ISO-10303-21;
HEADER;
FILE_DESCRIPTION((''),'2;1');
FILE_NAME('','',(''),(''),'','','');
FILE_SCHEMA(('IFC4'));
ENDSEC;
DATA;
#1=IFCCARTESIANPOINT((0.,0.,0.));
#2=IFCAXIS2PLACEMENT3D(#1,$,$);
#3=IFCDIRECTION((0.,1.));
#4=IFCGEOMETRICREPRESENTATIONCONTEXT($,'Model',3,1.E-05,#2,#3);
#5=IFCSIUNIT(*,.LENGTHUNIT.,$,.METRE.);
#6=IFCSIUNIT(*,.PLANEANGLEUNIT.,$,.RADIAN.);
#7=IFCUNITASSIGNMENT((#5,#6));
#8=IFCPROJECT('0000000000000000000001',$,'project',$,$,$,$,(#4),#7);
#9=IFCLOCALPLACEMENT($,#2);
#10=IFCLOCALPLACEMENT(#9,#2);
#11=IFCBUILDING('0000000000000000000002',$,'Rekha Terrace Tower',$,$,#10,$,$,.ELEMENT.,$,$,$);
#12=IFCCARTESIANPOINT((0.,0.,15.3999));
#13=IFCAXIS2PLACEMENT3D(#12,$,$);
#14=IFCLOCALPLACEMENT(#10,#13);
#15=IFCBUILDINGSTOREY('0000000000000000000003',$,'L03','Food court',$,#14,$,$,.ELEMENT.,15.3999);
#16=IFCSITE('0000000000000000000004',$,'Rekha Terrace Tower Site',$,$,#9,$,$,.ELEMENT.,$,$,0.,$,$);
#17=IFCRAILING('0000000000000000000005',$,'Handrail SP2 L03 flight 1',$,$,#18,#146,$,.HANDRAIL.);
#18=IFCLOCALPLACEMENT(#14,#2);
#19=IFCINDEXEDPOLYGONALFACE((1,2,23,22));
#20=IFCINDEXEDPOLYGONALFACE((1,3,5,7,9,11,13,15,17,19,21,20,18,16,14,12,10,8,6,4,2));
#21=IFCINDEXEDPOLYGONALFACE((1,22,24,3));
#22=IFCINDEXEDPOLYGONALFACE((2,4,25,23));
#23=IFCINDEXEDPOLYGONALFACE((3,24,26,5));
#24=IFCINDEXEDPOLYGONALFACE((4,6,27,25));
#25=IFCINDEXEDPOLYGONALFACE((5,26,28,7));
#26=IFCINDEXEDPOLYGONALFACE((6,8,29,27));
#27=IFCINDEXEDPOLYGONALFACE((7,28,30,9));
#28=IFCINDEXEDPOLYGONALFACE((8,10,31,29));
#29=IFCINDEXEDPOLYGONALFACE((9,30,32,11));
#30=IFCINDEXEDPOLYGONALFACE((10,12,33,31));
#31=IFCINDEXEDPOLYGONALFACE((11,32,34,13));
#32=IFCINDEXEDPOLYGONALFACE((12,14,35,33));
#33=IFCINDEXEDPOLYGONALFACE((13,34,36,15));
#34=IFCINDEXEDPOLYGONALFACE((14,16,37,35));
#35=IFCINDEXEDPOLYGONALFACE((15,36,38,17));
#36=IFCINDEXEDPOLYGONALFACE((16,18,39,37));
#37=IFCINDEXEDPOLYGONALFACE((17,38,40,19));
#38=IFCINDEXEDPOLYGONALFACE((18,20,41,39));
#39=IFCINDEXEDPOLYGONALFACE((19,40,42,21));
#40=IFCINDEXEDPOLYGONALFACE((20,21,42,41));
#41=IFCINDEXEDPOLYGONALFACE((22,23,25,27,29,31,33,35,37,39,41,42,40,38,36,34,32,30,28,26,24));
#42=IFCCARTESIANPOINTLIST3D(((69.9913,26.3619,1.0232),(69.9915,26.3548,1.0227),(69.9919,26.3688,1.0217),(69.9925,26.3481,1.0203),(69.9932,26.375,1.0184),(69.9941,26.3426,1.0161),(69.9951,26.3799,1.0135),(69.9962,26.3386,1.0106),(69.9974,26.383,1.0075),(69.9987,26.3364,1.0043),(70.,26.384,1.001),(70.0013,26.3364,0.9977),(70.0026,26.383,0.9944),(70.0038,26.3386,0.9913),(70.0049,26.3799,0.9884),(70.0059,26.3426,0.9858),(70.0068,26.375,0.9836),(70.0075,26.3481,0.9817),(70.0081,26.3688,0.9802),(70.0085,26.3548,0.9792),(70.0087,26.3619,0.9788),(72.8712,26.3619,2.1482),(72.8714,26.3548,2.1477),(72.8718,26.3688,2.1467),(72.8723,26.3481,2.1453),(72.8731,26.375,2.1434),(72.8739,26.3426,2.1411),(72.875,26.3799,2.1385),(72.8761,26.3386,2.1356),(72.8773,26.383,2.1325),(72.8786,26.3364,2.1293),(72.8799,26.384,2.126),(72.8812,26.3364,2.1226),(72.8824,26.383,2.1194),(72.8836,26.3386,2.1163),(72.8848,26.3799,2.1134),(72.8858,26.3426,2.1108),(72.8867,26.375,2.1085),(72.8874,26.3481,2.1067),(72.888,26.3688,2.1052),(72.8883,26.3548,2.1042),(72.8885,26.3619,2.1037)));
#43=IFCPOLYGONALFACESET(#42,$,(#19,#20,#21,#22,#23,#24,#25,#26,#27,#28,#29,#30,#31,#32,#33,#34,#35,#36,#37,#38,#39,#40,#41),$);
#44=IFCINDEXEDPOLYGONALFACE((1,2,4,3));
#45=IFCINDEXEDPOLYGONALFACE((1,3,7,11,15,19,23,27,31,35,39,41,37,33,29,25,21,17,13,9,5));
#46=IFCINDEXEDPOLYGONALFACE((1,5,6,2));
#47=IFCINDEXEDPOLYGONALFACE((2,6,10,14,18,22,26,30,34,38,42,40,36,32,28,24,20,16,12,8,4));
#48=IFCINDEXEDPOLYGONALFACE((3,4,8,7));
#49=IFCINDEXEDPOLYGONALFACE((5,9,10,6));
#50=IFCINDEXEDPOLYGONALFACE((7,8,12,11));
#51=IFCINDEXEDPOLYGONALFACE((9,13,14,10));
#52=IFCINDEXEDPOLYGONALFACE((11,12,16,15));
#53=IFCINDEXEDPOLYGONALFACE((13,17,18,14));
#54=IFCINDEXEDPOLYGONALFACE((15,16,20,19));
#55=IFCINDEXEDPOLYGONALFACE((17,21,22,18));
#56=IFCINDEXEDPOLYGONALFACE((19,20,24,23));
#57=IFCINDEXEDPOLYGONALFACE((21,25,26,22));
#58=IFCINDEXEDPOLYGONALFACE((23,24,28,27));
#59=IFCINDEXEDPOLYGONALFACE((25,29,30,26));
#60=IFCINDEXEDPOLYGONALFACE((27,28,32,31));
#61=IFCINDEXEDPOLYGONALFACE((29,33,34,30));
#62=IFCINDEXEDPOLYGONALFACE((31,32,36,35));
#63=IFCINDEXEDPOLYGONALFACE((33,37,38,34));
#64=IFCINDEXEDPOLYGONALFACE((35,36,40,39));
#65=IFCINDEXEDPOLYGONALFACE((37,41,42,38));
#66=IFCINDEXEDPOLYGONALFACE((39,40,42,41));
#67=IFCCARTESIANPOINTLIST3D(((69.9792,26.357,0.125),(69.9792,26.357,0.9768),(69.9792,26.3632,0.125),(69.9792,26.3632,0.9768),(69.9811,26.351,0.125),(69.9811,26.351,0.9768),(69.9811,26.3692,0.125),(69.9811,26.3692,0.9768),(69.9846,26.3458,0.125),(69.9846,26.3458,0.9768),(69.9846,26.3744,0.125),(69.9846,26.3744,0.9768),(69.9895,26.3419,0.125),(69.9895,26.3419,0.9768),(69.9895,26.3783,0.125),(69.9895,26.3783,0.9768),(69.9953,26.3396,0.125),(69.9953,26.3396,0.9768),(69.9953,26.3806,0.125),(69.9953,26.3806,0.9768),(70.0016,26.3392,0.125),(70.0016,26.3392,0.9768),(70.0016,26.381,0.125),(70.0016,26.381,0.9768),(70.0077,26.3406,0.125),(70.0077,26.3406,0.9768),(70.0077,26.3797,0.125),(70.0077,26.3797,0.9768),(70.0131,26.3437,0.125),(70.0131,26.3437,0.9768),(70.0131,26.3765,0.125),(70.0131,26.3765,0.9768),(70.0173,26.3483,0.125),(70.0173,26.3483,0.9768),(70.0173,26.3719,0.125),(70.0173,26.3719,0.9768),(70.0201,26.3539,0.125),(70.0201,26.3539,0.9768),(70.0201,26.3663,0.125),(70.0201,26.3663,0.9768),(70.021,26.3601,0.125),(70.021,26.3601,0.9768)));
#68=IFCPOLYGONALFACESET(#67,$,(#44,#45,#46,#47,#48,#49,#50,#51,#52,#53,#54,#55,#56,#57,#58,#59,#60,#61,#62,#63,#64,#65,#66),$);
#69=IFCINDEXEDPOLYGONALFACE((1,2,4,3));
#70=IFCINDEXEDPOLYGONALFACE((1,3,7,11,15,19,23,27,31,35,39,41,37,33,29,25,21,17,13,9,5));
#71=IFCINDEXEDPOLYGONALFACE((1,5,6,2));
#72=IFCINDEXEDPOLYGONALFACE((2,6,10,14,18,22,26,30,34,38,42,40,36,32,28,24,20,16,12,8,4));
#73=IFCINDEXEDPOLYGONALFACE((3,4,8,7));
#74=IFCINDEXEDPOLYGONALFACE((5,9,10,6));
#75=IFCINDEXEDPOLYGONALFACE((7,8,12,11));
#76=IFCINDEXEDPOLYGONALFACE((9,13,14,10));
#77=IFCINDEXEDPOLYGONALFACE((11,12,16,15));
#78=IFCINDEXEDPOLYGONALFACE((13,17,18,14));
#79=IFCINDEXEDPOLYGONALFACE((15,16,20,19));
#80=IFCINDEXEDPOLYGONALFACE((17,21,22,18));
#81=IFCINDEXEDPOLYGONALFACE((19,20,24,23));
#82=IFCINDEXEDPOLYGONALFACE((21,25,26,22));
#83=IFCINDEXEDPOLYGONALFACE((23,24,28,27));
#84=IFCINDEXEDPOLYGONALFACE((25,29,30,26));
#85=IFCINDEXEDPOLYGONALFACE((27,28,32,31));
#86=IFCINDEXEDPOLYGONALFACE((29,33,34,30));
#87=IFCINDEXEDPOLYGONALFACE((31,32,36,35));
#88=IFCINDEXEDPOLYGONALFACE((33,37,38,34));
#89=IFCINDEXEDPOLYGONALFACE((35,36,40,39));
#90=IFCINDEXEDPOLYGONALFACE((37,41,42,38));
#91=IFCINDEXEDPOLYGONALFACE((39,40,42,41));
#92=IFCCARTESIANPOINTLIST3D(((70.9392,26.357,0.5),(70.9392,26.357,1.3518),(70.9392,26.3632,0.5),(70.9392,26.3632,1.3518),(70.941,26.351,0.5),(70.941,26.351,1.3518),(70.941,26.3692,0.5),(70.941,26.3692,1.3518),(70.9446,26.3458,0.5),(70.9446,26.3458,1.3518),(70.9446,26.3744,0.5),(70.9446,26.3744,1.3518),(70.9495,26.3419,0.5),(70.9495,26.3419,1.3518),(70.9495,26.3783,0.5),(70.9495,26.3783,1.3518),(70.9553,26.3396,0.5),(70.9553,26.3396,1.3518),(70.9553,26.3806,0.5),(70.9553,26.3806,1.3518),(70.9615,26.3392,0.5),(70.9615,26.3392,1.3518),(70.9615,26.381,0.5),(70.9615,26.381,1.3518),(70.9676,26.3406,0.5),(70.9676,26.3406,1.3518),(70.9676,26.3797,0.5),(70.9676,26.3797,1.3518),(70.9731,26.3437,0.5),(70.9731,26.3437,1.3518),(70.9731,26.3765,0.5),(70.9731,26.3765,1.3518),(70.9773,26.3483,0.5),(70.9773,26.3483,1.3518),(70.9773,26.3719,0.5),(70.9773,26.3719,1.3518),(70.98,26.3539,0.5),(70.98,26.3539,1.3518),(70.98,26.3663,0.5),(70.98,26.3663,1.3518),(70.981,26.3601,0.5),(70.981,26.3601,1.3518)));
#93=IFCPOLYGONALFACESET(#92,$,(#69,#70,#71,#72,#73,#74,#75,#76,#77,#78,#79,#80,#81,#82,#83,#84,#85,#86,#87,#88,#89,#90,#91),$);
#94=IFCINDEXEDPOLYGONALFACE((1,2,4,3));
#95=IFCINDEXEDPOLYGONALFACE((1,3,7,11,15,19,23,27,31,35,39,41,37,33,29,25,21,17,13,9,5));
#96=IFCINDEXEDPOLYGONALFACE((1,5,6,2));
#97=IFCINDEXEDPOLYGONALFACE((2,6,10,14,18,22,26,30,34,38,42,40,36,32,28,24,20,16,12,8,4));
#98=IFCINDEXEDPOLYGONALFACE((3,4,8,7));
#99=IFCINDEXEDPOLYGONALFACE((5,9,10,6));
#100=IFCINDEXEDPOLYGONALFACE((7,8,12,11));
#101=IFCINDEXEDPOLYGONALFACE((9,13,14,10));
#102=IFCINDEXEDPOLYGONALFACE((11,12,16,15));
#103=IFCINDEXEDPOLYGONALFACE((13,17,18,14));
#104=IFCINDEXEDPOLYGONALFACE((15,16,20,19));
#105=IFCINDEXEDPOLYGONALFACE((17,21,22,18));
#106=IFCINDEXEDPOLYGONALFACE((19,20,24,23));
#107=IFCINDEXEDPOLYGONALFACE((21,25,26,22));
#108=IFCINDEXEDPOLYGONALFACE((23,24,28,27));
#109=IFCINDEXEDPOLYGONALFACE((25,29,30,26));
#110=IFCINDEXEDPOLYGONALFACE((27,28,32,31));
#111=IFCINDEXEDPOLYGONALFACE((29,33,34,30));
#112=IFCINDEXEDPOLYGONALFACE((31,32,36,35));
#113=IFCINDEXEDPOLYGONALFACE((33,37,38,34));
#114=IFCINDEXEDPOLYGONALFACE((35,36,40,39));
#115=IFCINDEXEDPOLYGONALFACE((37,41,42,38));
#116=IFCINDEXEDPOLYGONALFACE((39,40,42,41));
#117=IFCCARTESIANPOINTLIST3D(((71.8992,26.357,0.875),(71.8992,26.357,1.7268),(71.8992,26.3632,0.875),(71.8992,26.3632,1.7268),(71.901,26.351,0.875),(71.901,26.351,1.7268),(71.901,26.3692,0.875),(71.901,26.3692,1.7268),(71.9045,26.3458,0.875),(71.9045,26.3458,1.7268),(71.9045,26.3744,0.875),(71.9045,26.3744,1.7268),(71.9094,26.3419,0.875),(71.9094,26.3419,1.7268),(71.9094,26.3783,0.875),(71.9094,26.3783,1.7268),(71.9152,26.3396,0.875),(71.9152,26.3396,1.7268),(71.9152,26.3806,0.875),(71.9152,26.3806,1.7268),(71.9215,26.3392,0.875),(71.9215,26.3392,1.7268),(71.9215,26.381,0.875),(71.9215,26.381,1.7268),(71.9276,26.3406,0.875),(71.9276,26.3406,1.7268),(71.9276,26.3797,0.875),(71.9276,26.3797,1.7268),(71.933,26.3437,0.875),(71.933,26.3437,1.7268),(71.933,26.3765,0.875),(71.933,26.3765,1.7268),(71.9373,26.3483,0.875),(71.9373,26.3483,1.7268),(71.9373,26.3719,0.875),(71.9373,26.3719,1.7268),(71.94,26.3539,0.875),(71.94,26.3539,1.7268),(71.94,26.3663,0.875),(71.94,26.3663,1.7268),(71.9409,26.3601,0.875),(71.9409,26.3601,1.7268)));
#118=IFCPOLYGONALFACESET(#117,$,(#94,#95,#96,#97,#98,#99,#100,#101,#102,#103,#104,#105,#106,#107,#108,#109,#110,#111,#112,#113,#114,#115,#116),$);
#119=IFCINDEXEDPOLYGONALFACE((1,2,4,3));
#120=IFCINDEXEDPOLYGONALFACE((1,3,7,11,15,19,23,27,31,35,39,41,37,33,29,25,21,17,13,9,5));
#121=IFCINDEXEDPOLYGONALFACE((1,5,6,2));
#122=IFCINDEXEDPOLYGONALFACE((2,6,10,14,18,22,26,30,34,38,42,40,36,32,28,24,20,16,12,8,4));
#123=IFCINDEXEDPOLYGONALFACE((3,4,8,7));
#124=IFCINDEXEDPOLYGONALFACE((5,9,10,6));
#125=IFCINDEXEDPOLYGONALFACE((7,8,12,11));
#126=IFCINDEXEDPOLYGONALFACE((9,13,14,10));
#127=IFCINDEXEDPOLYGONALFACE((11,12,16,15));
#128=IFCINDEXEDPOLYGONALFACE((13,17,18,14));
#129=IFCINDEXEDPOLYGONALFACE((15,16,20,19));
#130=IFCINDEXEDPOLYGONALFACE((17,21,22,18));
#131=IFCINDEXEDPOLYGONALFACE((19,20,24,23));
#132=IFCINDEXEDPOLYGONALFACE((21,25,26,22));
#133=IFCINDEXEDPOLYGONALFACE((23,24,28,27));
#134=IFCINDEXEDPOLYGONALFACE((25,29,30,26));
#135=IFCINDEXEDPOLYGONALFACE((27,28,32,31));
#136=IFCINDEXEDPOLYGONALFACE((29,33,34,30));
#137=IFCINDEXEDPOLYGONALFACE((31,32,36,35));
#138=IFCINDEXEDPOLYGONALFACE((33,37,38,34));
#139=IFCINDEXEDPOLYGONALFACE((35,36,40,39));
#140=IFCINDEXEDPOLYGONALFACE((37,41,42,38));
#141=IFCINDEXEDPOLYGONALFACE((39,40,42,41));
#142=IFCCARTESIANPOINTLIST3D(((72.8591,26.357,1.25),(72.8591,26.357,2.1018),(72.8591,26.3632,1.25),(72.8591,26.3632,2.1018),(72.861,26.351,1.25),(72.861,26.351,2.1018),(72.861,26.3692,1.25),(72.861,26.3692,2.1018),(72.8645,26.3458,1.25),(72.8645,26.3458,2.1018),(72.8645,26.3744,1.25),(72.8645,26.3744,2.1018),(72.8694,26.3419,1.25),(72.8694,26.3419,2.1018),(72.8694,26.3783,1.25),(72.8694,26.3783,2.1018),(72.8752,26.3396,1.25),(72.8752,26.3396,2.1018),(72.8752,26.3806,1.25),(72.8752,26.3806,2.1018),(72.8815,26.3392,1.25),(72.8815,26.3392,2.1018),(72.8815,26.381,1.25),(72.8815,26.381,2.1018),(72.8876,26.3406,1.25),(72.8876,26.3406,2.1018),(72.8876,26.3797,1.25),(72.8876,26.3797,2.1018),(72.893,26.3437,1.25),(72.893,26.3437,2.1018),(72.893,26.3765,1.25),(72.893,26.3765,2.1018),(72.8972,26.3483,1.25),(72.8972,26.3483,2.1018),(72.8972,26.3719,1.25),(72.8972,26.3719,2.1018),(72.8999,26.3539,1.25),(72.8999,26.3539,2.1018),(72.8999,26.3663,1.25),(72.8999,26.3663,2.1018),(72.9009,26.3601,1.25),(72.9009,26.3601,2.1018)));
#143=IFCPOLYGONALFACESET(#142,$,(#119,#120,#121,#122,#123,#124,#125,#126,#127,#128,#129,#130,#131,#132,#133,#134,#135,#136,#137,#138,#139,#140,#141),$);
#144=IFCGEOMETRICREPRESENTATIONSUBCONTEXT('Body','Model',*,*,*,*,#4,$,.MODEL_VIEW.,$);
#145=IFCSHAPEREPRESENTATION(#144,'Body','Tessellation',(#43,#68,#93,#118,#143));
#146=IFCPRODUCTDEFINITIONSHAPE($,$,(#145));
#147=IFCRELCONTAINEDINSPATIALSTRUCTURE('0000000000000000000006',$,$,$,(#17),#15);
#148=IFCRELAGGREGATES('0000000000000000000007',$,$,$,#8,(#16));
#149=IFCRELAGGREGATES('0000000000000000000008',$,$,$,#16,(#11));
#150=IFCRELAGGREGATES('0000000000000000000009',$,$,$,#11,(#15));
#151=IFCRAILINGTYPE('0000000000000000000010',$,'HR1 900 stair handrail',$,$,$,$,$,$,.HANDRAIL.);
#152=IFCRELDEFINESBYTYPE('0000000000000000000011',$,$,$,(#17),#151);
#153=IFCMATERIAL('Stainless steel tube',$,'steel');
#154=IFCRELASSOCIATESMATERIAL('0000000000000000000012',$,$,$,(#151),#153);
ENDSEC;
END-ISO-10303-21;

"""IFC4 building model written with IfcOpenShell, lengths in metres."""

from ifc_helpers import new_model, si_unit, direction, frame, origin, origin_2d, place, context, subcontext, project, spatial, circle, extrude, material, type_object, element, save


model = new_model("IFC4")

# Units and contexts
model_context = context("Model", 3, precision=1e-05, world=origin(), true_north=direction((0.0, 1.0)))
body_context = subcontext(model_context, "Body", "Model", "MODEL_VIEW")
ifc_project = project(units=[si_unit("LENGTHUNIT", "METRE"), si_unit("PLANEANGLEUNIT", "RADIAN")], contexts=[model_context])

# Site, building, storey
site_placement = place(None, origin())
site = spatial("IfcSite", under=ifc_project, at=site_placement, Name="Rekha Terrace Tower Site", CompositionType="ELEMENT", RefElevation=0.0)
building_placement = place(site_placement, origin())
building = spatial("IfcBuilding", under=site, at=building_placement, Name="Rekha Terrace Tower", CompositionType="ELEMENT")
storey_placement = place(building_placement, frame((0.0, 0.0, 15.3999)))
storey = spatial("IfcBuildingStorey", under=building, at=storey_placement, Name="L03", Description="Food court", CompositionType="ELEMENT", Elevation=15.3999)

# Railing
ifc_material_1 = material(Name="Stainless steel tube", Category="steel")
railing_type_1 = type_object("IfcRailingType", Name="HR1 900 stair handrail", PredefinedType="HANDRAIL", material=ifc_material_1)
railing_1_placement = place(storey_placement, frame((70.0, 26.3601, 0.125)))
element("IfcRailing", 1, at=railing_1_placement, inside=storey, type_object=railing_type_1, Name="Handrail SP2 L03 flight 1", PredefinedType="HANDRAIL", context=body_context, shape_type="SweptSolid", body=[
    extrude(circle(Radius=0.0239, at=origin_2d()), frame((0.0, 0.0, 0.876), z_axis=(0.931452, 0.0, 0.363863), x_axis=(0.0, 1.0, 0.0)), (0.0, 0.0, 1.0), 3.0918),
    extrude(circle(Radius=0.021, at=origin_2d()), origin(), (0.0, 0.0, 1.0), 0.8518),
    extrude(circle(Radius=0.021, at=origin_2d()), frame((0.96, 0.0, 0.375)), (0.0, 0.0, 1.0), 0.8518),
    extrude(circle(Radius=0.021, at=origin_2d()), frame((1.9199, 0.0, 0.75)), (0.0, 0.0, 1.0), 0.8518),
    extrude(circle(Radius=0.021, at=origin_2d()), frame((2.8799, 0.0, 1.125)), (0.0, 0.0, 1.0), 0.8518),
])

save(model, "model.ifc")
